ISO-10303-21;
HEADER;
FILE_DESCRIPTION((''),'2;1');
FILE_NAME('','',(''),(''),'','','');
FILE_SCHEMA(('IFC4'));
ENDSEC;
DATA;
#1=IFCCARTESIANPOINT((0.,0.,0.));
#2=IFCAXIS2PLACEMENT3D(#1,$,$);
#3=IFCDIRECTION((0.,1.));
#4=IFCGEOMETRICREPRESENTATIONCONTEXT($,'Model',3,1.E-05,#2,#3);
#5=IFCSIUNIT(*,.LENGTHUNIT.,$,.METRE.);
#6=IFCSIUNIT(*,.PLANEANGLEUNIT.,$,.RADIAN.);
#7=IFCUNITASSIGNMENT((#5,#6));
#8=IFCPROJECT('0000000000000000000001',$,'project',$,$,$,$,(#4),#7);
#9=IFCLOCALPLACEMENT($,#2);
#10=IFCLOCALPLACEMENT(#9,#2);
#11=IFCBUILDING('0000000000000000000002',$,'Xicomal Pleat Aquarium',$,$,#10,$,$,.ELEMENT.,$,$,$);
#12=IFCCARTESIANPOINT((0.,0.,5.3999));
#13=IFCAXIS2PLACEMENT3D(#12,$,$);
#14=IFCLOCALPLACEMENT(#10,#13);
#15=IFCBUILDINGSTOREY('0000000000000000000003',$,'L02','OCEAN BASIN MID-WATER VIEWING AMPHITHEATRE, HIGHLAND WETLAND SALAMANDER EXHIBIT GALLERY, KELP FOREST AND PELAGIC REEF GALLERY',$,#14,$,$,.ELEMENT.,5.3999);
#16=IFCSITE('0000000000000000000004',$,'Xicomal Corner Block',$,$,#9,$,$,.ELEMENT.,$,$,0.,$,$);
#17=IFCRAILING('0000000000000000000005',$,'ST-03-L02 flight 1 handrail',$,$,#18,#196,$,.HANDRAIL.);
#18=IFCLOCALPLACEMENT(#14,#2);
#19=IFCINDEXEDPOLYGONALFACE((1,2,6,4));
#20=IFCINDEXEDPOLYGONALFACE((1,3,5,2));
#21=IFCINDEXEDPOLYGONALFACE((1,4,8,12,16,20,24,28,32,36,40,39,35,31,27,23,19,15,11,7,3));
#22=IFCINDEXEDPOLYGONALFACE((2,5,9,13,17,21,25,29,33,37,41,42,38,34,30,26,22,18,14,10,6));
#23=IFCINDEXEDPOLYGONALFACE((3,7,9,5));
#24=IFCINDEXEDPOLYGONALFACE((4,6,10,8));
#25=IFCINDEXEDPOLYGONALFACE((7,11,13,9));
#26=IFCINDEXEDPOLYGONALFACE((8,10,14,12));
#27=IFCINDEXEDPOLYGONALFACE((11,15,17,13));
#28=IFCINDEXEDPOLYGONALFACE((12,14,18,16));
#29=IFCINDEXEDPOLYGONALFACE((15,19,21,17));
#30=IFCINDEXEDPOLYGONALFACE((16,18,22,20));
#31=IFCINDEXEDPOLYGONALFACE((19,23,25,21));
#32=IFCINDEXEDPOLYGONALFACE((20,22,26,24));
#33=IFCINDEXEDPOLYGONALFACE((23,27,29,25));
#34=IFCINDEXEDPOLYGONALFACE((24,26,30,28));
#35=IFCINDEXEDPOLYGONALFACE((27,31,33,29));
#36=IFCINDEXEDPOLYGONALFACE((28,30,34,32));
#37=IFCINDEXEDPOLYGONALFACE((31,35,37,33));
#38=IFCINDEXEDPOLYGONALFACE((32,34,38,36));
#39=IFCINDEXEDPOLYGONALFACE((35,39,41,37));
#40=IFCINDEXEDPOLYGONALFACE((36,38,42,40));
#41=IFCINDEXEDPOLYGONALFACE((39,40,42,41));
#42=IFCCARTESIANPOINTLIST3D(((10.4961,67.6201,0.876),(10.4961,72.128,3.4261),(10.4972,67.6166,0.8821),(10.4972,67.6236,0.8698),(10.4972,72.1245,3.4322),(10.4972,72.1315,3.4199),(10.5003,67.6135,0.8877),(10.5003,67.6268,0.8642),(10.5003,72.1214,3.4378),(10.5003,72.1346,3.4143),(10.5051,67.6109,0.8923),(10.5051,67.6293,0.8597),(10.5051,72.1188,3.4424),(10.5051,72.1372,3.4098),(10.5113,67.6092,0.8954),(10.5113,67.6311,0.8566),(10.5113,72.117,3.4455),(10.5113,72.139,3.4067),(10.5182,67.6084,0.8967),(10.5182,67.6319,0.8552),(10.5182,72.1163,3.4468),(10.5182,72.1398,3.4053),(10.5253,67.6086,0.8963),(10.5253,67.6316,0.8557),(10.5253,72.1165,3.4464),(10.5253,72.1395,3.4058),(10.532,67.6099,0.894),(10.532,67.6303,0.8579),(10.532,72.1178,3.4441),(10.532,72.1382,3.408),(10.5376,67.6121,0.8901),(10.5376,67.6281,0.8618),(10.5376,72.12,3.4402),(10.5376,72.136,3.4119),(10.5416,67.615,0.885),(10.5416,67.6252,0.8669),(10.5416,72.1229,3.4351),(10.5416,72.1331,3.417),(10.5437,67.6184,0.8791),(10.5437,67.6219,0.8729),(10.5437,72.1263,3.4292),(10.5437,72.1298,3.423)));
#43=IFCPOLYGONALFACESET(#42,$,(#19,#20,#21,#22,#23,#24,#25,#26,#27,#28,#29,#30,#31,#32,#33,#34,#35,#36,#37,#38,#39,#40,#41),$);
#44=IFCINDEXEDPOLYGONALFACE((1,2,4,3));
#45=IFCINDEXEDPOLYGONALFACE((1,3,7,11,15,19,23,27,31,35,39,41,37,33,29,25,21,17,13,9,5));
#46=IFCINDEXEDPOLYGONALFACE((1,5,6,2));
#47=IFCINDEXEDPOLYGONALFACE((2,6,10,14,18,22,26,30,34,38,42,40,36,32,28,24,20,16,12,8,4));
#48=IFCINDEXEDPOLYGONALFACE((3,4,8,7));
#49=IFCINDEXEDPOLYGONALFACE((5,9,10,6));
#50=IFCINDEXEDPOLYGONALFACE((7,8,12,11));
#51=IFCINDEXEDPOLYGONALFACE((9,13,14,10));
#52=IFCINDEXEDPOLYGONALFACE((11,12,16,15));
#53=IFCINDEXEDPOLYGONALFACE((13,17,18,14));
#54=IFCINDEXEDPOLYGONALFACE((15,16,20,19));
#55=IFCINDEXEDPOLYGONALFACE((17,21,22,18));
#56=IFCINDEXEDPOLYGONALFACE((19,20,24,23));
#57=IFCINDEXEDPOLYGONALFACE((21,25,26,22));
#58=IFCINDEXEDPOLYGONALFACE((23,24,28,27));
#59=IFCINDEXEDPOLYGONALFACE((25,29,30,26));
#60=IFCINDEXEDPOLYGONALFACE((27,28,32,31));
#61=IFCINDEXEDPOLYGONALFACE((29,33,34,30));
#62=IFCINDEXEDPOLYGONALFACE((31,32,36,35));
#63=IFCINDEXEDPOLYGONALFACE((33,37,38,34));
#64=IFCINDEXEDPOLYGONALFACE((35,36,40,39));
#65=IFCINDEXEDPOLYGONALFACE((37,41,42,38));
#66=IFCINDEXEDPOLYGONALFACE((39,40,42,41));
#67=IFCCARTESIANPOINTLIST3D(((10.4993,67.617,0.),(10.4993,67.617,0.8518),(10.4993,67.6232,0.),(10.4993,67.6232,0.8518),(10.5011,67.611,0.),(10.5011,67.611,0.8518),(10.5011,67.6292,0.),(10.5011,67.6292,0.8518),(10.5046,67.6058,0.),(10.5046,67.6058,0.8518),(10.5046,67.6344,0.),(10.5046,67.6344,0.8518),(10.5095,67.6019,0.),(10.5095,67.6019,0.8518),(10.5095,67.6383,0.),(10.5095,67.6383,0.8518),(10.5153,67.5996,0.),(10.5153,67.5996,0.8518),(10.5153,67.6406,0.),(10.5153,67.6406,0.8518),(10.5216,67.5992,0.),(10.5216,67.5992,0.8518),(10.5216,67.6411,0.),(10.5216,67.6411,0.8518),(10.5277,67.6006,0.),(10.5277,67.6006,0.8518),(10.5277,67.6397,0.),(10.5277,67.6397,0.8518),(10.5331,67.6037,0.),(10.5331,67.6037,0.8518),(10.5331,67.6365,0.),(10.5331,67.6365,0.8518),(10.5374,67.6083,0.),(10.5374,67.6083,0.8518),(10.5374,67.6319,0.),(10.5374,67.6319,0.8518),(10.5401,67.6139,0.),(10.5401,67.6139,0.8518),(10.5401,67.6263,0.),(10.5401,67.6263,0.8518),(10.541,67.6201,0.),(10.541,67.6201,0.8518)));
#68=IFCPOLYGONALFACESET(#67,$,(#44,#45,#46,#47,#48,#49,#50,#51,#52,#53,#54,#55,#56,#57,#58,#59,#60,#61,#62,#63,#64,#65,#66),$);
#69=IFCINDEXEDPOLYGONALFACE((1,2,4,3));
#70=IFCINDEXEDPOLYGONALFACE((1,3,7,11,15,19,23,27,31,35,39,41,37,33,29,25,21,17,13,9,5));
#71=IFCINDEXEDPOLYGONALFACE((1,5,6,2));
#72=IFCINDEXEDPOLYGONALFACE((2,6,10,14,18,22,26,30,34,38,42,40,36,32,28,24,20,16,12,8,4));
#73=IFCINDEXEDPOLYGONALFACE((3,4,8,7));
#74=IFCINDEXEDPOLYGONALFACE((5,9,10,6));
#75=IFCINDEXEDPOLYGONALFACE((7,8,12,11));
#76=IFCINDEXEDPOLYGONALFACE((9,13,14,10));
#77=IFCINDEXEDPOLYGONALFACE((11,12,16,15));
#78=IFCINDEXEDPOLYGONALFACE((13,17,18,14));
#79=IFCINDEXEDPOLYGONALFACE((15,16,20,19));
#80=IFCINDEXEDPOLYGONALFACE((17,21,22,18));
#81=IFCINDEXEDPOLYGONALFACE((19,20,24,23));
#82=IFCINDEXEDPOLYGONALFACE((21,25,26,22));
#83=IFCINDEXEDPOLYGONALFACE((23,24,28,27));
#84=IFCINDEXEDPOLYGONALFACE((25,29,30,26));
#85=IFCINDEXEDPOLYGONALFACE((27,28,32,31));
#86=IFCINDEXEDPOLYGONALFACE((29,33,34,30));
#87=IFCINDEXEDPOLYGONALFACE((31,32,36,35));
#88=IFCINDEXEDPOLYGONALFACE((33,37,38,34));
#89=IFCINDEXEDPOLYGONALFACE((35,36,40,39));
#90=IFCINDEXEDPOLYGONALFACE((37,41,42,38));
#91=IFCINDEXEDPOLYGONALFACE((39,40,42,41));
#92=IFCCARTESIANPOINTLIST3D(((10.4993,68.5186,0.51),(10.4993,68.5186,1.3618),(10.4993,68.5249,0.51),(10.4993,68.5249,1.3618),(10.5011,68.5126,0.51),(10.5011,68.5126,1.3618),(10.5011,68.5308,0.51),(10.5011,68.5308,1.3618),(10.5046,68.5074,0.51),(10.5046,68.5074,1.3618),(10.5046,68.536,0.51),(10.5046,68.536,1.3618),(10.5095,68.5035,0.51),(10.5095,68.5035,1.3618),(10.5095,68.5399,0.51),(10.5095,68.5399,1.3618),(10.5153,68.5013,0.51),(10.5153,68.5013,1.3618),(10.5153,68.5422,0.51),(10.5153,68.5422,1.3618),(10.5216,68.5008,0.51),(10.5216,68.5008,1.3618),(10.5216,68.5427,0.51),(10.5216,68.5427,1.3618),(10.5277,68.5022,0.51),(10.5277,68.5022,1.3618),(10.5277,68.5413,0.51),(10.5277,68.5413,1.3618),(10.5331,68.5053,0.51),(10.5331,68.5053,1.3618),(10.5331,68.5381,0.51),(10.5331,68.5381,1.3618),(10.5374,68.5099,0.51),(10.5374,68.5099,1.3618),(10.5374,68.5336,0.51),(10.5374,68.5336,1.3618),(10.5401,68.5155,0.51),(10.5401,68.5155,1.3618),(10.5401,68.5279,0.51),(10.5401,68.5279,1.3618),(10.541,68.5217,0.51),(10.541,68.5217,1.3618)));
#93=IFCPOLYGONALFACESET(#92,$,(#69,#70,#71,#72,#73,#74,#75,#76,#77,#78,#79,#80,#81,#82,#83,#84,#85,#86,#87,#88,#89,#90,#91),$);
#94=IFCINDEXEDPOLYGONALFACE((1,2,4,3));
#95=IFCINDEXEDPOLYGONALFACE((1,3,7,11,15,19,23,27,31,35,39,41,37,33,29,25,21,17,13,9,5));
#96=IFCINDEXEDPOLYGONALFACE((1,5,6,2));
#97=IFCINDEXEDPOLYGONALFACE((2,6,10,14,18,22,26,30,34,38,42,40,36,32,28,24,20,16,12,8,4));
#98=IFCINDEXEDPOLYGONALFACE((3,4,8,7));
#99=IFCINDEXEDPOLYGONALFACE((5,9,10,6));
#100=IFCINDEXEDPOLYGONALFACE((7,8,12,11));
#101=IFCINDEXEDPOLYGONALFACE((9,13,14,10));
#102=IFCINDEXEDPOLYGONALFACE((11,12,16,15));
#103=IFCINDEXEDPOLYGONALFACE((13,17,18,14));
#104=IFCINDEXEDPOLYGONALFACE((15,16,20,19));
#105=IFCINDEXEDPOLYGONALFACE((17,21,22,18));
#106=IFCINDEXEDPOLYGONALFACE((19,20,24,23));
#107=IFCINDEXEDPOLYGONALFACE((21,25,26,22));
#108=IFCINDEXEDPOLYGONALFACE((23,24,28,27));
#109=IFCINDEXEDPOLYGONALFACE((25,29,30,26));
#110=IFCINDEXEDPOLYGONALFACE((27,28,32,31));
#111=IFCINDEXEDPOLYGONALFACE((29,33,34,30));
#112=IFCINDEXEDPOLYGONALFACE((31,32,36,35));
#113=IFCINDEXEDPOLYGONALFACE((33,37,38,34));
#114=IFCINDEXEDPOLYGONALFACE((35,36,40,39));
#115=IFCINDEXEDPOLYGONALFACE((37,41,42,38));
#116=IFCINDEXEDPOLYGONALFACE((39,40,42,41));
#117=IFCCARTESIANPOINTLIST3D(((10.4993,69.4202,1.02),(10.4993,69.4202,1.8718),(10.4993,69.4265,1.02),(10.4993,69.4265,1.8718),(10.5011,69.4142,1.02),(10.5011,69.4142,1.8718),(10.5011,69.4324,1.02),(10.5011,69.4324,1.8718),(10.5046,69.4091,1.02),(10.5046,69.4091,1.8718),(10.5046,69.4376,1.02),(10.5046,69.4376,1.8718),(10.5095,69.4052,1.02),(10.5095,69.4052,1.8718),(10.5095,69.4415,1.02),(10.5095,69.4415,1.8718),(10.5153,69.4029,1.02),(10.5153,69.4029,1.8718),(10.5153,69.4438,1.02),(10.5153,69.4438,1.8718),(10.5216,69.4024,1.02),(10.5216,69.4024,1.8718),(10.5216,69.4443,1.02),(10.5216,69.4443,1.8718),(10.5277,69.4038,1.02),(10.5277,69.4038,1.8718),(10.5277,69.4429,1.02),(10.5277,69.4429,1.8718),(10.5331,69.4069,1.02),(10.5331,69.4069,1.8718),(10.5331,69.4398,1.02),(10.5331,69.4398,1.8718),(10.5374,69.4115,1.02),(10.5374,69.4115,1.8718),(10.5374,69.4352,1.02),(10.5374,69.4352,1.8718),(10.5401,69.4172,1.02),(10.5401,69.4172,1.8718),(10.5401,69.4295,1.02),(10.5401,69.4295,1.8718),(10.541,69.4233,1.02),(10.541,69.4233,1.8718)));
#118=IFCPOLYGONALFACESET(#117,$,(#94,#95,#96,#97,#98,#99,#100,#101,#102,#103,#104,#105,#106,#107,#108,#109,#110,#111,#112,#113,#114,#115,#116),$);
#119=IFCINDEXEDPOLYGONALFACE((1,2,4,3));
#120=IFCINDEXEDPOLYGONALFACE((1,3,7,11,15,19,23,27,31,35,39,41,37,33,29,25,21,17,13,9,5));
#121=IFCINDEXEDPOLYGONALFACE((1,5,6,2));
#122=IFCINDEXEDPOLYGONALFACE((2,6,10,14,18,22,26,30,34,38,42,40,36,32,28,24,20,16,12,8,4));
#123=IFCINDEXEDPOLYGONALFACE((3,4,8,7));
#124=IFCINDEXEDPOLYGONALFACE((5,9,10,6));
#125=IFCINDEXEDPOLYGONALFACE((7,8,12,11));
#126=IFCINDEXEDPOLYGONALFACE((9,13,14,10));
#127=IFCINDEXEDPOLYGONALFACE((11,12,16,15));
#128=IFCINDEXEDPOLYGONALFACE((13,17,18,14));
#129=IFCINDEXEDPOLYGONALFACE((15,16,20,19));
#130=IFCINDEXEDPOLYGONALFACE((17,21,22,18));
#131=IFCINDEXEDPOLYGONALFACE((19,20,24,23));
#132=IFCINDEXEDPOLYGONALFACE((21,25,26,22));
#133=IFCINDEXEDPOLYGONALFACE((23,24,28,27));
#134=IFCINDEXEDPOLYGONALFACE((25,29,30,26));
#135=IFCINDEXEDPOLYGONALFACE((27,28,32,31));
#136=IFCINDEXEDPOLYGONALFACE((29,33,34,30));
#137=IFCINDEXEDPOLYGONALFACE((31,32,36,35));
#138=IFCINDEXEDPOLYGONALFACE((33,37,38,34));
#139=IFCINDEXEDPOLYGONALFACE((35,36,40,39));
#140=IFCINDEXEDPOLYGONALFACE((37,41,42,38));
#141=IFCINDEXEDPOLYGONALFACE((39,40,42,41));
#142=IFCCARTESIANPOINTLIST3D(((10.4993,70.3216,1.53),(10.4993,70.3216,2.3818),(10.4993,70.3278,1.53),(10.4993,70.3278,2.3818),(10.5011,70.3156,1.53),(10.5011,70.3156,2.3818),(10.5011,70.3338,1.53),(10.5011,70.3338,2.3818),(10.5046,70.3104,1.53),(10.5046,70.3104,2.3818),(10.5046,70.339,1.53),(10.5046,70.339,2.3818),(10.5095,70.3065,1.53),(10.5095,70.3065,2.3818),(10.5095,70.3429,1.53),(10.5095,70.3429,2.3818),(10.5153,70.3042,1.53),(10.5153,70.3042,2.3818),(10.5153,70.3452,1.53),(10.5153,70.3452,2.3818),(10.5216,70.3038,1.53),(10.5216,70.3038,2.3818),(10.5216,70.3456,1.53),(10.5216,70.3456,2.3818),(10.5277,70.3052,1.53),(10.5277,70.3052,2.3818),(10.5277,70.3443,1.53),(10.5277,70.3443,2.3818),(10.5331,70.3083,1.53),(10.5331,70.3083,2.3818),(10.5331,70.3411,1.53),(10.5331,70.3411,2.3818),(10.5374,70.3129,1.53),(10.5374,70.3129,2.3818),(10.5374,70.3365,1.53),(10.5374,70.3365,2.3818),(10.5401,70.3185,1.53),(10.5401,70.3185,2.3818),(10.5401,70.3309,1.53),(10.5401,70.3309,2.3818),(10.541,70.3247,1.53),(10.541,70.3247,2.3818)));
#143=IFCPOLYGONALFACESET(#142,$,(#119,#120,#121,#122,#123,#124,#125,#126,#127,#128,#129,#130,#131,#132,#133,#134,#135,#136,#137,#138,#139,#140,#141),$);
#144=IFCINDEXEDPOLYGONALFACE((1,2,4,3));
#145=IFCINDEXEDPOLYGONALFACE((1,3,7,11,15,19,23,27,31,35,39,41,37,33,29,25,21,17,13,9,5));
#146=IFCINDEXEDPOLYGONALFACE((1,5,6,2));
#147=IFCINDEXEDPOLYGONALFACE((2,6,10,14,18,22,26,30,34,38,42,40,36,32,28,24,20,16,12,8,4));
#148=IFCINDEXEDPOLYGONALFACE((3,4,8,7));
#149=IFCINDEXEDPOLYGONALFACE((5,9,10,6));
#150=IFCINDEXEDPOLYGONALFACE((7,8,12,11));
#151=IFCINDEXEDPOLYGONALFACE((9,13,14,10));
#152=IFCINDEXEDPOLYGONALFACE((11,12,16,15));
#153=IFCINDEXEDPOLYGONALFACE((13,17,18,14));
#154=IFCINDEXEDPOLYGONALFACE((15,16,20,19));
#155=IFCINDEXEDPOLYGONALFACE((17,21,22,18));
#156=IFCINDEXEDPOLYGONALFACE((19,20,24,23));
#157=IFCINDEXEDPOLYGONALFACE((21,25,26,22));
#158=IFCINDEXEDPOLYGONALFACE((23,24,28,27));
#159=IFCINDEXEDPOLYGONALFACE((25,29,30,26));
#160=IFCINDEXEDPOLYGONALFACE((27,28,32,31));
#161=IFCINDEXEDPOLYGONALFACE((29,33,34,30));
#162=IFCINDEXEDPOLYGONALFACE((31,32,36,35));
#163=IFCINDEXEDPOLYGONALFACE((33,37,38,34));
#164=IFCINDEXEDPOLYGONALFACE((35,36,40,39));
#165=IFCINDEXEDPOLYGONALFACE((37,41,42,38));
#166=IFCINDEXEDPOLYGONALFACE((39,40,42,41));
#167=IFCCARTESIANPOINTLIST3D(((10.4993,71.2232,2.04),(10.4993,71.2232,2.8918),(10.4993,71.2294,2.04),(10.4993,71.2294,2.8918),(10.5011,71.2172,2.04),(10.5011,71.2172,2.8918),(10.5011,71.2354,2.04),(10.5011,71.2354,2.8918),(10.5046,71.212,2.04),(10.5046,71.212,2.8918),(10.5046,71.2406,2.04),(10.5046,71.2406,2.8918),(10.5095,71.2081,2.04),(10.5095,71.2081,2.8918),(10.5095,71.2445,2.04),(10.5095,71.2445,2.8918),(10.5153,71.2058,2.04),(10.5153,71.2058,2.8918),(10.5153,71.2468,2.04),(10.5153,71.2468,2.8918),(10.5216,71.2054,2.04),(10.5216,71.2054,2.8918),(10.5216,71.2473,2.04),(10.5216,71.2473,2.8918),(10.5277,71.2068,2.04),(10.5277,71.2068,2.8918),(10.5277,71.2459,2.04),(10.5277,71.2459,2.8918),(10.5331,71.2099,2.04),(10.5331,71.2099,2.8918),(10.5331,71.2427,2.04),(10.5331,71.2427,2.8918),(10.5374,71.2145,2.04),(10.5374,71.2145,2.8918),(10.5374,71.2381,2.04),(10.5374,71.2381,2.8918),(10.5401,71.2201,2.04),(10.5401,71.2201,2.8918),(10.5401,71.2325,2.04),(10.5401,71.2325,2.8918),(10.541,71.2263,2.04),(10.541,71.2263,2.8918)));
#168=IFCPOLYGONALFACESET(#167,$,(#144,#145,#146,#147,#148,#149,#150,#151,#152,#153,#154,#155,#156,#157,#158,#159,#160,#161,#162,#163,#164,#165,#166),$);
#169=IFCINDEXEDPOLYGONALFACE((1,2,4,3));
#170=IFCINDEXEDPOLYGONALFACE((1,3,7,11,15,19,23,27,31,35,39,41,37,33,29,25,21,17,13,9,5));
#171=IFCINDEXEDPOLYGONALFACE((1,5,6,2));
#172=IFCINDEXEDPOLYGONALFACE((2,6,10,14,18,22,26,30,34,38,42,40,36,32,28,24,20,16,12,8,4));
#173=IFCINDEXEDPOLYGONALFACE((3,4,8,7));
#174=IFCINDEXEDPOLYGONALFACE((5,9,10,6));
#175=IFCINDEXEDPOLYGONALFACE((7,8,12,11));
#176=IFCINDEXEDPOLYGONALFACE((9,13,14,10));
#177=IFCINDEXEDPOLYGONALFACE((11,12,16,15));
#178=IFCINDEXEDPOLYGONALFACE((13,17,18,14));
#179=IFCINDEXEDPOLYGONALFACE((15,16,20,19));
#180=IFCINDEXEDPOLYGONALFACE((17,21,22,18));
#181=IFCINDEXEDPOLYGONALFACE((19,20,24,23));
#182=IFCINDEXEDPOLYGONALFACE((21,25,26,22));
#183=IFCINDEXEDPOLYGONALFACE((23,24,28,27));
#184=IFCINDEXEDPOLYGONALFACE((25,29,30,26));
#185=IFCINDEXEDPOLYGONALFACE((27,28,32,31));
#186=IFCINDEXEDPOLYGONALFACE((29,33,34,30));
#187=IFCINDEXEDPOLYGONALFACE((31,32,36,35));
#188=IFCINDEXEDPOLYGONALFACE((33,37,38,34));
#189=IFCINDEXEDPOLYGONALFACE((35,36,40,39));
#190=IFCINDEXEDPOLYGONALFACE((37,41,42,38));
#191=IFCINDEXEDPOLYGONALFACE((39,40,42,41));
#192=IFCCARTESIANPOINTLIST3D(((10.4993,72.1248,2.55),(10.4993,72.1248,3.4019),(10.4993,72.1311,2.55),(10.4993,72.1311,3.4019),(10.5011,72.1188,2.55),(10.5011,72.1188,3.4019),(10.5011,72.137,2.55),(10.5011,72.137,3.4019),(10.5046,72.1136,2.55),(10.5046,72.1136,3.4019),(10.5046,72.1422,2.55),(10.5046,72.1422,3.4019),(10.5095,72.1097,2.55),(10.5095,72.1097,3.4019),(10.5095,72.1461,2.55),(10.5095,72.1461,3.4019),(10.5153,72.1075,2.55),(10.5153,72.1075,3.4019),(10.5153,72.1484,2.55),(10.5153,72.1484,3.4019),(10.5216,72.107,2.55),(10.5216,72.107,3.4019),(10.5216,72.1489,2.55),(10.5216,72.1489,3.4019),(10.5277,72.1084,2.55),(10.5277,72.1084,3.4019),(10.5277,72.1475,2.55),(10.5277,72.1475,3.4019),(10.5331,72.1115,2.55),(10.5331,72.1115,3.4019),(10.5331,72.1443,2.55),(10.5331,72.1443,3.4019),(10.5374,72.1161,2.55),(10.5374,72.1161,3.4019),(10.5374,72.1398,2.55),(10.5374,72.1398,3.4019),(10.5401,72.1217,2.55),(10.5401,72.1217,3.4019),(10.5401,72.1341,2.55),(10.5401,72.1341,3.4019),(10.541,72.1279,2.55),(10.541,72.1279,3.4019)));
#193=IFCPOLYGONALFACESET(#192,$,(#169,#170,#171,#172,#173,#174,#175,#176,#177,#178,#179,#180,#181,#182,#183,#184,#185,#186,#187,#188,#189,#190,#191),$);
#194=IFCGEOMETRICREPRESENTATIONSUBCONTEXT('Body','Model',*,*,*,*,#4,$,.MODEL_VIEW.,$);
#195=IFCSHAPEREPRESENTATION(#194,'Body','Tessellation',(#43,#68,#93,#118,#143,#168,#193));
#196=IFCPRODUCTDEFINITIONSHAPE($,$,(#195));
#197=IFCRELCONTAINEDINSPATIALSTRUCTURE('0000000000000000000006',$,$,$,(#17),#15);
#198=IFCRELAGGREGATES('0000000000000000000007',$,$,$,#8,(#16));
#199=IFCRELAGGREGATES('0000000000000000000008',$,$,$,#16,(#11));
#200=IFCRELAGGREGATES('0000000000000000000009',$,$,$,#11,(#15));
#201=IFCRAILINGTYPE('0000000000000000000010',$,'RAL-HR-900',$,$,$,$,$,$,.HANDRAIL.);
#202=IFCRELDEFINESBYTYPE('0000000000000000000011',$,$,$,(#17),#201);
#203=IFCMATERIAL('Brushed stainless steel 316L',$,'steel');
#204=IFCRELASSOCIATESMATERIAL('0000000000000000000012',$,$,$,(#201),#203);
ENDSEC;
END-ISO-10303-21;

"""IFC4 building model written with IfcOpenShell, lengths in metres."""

from ifc_helpers import new_model, si_unit, direction, frame, origin, origin_2d, place, context, subcontext, project, spatial, circle, extrude, material, type_object, element, save


model = new_model("IFC4")

# Units and contexts
model_context = context("Model", 3, precision=1e-05, world=origin(), true_north=direction((0.0, 1.0)))
body_context = subcontext(model_context, "Body", "Model", "MODEL_VIEW")
ifc_project = project(units=[si_unit("LENGTHUNIT", "METRE"), si_unit("PLANEANGLEUNIT", "RADIAN")], contexts=[model_context])

# Site, building, storey
site_placement = place(None, origin())
site = spatial("IfcSite", under=ifc_project, at=site_placement, Name="Xicomal Corner Block", CompositionType="ELEMENT", RefElevation=0.0)
building_placement = place(site_placement, origin())
building = spatial("IfcBuilding", under=site, at=building_placement, Name="Xicomal Pleat Aquarium", CompositionType="ELEMENT")
storey_placement = place(building_placement, frame((0.0, 0.0, 5.3999)))
storey = spatial("IfcBuildingStorey", under=building, at=storey_placement, Name="L02", Description="OCEAN BASIN MID-WATER VIEWING AMPHITHEATRE, HIGHLAND WETLAND SALAMANDER EXHIBIT GALLERY, KELP FOREST AND PELAGIC REEF GALLERY", CompositionType="ELEMENT", Elevation=5.3999)

# Railing
ifc_material_1 = material(Name="Brushed stainless steel 316L", Category="steel")
railing_type_1 = type_object("IfcRailingType", Name="RAL-HR-900", PredefinedType="HANDRAIL", material=ifc_material_1)
railing_1_placement = place(storey_placement, frame((10.52, 67.6201, 0.0)))
element("IfcRailing", 1, at=railing_1_placement, inside=storey, type_object=railing_type_1, Name="ST-03-L02 flight 1 handrail", PredefinedType="HANDRAIL", context=body_context, shape_type="SweptSolid", body=[
    extrude(circle(Radius=0.0239, at=origin_2d()), frame((0.0, 0.0, 0.876), z_axis=(0.0, 0.870385, 0.492373), x_axis=(-1.0, 0.0, 0.0)), (0.0, 0.0, 1.0), 5.1792),
    extrude(circle(Radius=0.021, at=origin_2d()), origin(), (0.0, 0.0, 1.0), 0.8518),
    extrude(circle(Radius=0.021, at=origin_2d()), frame((0.0, 0.9016, 0.51)), (0.0, 0.0, 1.0), 0.8518),
    extrude(circle(Radius=0.021, at=origin_2d()), frame((0.0, 1.8032, 1.02)), (0.0, 0.0, 1.0), 0.8518),
    extrude(circle(Radius=0.021, at=origin_2d()), frame((0.0, 2.7046, 1.53)), (0.0, 0.0, 1.0), 0.8518),
    extrude(circle(Radius=0.021, at=origin_2d()), frame((0.0, 3.6062, 2.04)), (0.0, 0.0, 1.0), 0.8518),
    extrude(circle(Radius=0.021, at=origin_2d()), frame((0.0, 4.5078, 2.55)), (0.0, 0.0, 1.0), 0.8518),
])

save(model, "model.ifc")
